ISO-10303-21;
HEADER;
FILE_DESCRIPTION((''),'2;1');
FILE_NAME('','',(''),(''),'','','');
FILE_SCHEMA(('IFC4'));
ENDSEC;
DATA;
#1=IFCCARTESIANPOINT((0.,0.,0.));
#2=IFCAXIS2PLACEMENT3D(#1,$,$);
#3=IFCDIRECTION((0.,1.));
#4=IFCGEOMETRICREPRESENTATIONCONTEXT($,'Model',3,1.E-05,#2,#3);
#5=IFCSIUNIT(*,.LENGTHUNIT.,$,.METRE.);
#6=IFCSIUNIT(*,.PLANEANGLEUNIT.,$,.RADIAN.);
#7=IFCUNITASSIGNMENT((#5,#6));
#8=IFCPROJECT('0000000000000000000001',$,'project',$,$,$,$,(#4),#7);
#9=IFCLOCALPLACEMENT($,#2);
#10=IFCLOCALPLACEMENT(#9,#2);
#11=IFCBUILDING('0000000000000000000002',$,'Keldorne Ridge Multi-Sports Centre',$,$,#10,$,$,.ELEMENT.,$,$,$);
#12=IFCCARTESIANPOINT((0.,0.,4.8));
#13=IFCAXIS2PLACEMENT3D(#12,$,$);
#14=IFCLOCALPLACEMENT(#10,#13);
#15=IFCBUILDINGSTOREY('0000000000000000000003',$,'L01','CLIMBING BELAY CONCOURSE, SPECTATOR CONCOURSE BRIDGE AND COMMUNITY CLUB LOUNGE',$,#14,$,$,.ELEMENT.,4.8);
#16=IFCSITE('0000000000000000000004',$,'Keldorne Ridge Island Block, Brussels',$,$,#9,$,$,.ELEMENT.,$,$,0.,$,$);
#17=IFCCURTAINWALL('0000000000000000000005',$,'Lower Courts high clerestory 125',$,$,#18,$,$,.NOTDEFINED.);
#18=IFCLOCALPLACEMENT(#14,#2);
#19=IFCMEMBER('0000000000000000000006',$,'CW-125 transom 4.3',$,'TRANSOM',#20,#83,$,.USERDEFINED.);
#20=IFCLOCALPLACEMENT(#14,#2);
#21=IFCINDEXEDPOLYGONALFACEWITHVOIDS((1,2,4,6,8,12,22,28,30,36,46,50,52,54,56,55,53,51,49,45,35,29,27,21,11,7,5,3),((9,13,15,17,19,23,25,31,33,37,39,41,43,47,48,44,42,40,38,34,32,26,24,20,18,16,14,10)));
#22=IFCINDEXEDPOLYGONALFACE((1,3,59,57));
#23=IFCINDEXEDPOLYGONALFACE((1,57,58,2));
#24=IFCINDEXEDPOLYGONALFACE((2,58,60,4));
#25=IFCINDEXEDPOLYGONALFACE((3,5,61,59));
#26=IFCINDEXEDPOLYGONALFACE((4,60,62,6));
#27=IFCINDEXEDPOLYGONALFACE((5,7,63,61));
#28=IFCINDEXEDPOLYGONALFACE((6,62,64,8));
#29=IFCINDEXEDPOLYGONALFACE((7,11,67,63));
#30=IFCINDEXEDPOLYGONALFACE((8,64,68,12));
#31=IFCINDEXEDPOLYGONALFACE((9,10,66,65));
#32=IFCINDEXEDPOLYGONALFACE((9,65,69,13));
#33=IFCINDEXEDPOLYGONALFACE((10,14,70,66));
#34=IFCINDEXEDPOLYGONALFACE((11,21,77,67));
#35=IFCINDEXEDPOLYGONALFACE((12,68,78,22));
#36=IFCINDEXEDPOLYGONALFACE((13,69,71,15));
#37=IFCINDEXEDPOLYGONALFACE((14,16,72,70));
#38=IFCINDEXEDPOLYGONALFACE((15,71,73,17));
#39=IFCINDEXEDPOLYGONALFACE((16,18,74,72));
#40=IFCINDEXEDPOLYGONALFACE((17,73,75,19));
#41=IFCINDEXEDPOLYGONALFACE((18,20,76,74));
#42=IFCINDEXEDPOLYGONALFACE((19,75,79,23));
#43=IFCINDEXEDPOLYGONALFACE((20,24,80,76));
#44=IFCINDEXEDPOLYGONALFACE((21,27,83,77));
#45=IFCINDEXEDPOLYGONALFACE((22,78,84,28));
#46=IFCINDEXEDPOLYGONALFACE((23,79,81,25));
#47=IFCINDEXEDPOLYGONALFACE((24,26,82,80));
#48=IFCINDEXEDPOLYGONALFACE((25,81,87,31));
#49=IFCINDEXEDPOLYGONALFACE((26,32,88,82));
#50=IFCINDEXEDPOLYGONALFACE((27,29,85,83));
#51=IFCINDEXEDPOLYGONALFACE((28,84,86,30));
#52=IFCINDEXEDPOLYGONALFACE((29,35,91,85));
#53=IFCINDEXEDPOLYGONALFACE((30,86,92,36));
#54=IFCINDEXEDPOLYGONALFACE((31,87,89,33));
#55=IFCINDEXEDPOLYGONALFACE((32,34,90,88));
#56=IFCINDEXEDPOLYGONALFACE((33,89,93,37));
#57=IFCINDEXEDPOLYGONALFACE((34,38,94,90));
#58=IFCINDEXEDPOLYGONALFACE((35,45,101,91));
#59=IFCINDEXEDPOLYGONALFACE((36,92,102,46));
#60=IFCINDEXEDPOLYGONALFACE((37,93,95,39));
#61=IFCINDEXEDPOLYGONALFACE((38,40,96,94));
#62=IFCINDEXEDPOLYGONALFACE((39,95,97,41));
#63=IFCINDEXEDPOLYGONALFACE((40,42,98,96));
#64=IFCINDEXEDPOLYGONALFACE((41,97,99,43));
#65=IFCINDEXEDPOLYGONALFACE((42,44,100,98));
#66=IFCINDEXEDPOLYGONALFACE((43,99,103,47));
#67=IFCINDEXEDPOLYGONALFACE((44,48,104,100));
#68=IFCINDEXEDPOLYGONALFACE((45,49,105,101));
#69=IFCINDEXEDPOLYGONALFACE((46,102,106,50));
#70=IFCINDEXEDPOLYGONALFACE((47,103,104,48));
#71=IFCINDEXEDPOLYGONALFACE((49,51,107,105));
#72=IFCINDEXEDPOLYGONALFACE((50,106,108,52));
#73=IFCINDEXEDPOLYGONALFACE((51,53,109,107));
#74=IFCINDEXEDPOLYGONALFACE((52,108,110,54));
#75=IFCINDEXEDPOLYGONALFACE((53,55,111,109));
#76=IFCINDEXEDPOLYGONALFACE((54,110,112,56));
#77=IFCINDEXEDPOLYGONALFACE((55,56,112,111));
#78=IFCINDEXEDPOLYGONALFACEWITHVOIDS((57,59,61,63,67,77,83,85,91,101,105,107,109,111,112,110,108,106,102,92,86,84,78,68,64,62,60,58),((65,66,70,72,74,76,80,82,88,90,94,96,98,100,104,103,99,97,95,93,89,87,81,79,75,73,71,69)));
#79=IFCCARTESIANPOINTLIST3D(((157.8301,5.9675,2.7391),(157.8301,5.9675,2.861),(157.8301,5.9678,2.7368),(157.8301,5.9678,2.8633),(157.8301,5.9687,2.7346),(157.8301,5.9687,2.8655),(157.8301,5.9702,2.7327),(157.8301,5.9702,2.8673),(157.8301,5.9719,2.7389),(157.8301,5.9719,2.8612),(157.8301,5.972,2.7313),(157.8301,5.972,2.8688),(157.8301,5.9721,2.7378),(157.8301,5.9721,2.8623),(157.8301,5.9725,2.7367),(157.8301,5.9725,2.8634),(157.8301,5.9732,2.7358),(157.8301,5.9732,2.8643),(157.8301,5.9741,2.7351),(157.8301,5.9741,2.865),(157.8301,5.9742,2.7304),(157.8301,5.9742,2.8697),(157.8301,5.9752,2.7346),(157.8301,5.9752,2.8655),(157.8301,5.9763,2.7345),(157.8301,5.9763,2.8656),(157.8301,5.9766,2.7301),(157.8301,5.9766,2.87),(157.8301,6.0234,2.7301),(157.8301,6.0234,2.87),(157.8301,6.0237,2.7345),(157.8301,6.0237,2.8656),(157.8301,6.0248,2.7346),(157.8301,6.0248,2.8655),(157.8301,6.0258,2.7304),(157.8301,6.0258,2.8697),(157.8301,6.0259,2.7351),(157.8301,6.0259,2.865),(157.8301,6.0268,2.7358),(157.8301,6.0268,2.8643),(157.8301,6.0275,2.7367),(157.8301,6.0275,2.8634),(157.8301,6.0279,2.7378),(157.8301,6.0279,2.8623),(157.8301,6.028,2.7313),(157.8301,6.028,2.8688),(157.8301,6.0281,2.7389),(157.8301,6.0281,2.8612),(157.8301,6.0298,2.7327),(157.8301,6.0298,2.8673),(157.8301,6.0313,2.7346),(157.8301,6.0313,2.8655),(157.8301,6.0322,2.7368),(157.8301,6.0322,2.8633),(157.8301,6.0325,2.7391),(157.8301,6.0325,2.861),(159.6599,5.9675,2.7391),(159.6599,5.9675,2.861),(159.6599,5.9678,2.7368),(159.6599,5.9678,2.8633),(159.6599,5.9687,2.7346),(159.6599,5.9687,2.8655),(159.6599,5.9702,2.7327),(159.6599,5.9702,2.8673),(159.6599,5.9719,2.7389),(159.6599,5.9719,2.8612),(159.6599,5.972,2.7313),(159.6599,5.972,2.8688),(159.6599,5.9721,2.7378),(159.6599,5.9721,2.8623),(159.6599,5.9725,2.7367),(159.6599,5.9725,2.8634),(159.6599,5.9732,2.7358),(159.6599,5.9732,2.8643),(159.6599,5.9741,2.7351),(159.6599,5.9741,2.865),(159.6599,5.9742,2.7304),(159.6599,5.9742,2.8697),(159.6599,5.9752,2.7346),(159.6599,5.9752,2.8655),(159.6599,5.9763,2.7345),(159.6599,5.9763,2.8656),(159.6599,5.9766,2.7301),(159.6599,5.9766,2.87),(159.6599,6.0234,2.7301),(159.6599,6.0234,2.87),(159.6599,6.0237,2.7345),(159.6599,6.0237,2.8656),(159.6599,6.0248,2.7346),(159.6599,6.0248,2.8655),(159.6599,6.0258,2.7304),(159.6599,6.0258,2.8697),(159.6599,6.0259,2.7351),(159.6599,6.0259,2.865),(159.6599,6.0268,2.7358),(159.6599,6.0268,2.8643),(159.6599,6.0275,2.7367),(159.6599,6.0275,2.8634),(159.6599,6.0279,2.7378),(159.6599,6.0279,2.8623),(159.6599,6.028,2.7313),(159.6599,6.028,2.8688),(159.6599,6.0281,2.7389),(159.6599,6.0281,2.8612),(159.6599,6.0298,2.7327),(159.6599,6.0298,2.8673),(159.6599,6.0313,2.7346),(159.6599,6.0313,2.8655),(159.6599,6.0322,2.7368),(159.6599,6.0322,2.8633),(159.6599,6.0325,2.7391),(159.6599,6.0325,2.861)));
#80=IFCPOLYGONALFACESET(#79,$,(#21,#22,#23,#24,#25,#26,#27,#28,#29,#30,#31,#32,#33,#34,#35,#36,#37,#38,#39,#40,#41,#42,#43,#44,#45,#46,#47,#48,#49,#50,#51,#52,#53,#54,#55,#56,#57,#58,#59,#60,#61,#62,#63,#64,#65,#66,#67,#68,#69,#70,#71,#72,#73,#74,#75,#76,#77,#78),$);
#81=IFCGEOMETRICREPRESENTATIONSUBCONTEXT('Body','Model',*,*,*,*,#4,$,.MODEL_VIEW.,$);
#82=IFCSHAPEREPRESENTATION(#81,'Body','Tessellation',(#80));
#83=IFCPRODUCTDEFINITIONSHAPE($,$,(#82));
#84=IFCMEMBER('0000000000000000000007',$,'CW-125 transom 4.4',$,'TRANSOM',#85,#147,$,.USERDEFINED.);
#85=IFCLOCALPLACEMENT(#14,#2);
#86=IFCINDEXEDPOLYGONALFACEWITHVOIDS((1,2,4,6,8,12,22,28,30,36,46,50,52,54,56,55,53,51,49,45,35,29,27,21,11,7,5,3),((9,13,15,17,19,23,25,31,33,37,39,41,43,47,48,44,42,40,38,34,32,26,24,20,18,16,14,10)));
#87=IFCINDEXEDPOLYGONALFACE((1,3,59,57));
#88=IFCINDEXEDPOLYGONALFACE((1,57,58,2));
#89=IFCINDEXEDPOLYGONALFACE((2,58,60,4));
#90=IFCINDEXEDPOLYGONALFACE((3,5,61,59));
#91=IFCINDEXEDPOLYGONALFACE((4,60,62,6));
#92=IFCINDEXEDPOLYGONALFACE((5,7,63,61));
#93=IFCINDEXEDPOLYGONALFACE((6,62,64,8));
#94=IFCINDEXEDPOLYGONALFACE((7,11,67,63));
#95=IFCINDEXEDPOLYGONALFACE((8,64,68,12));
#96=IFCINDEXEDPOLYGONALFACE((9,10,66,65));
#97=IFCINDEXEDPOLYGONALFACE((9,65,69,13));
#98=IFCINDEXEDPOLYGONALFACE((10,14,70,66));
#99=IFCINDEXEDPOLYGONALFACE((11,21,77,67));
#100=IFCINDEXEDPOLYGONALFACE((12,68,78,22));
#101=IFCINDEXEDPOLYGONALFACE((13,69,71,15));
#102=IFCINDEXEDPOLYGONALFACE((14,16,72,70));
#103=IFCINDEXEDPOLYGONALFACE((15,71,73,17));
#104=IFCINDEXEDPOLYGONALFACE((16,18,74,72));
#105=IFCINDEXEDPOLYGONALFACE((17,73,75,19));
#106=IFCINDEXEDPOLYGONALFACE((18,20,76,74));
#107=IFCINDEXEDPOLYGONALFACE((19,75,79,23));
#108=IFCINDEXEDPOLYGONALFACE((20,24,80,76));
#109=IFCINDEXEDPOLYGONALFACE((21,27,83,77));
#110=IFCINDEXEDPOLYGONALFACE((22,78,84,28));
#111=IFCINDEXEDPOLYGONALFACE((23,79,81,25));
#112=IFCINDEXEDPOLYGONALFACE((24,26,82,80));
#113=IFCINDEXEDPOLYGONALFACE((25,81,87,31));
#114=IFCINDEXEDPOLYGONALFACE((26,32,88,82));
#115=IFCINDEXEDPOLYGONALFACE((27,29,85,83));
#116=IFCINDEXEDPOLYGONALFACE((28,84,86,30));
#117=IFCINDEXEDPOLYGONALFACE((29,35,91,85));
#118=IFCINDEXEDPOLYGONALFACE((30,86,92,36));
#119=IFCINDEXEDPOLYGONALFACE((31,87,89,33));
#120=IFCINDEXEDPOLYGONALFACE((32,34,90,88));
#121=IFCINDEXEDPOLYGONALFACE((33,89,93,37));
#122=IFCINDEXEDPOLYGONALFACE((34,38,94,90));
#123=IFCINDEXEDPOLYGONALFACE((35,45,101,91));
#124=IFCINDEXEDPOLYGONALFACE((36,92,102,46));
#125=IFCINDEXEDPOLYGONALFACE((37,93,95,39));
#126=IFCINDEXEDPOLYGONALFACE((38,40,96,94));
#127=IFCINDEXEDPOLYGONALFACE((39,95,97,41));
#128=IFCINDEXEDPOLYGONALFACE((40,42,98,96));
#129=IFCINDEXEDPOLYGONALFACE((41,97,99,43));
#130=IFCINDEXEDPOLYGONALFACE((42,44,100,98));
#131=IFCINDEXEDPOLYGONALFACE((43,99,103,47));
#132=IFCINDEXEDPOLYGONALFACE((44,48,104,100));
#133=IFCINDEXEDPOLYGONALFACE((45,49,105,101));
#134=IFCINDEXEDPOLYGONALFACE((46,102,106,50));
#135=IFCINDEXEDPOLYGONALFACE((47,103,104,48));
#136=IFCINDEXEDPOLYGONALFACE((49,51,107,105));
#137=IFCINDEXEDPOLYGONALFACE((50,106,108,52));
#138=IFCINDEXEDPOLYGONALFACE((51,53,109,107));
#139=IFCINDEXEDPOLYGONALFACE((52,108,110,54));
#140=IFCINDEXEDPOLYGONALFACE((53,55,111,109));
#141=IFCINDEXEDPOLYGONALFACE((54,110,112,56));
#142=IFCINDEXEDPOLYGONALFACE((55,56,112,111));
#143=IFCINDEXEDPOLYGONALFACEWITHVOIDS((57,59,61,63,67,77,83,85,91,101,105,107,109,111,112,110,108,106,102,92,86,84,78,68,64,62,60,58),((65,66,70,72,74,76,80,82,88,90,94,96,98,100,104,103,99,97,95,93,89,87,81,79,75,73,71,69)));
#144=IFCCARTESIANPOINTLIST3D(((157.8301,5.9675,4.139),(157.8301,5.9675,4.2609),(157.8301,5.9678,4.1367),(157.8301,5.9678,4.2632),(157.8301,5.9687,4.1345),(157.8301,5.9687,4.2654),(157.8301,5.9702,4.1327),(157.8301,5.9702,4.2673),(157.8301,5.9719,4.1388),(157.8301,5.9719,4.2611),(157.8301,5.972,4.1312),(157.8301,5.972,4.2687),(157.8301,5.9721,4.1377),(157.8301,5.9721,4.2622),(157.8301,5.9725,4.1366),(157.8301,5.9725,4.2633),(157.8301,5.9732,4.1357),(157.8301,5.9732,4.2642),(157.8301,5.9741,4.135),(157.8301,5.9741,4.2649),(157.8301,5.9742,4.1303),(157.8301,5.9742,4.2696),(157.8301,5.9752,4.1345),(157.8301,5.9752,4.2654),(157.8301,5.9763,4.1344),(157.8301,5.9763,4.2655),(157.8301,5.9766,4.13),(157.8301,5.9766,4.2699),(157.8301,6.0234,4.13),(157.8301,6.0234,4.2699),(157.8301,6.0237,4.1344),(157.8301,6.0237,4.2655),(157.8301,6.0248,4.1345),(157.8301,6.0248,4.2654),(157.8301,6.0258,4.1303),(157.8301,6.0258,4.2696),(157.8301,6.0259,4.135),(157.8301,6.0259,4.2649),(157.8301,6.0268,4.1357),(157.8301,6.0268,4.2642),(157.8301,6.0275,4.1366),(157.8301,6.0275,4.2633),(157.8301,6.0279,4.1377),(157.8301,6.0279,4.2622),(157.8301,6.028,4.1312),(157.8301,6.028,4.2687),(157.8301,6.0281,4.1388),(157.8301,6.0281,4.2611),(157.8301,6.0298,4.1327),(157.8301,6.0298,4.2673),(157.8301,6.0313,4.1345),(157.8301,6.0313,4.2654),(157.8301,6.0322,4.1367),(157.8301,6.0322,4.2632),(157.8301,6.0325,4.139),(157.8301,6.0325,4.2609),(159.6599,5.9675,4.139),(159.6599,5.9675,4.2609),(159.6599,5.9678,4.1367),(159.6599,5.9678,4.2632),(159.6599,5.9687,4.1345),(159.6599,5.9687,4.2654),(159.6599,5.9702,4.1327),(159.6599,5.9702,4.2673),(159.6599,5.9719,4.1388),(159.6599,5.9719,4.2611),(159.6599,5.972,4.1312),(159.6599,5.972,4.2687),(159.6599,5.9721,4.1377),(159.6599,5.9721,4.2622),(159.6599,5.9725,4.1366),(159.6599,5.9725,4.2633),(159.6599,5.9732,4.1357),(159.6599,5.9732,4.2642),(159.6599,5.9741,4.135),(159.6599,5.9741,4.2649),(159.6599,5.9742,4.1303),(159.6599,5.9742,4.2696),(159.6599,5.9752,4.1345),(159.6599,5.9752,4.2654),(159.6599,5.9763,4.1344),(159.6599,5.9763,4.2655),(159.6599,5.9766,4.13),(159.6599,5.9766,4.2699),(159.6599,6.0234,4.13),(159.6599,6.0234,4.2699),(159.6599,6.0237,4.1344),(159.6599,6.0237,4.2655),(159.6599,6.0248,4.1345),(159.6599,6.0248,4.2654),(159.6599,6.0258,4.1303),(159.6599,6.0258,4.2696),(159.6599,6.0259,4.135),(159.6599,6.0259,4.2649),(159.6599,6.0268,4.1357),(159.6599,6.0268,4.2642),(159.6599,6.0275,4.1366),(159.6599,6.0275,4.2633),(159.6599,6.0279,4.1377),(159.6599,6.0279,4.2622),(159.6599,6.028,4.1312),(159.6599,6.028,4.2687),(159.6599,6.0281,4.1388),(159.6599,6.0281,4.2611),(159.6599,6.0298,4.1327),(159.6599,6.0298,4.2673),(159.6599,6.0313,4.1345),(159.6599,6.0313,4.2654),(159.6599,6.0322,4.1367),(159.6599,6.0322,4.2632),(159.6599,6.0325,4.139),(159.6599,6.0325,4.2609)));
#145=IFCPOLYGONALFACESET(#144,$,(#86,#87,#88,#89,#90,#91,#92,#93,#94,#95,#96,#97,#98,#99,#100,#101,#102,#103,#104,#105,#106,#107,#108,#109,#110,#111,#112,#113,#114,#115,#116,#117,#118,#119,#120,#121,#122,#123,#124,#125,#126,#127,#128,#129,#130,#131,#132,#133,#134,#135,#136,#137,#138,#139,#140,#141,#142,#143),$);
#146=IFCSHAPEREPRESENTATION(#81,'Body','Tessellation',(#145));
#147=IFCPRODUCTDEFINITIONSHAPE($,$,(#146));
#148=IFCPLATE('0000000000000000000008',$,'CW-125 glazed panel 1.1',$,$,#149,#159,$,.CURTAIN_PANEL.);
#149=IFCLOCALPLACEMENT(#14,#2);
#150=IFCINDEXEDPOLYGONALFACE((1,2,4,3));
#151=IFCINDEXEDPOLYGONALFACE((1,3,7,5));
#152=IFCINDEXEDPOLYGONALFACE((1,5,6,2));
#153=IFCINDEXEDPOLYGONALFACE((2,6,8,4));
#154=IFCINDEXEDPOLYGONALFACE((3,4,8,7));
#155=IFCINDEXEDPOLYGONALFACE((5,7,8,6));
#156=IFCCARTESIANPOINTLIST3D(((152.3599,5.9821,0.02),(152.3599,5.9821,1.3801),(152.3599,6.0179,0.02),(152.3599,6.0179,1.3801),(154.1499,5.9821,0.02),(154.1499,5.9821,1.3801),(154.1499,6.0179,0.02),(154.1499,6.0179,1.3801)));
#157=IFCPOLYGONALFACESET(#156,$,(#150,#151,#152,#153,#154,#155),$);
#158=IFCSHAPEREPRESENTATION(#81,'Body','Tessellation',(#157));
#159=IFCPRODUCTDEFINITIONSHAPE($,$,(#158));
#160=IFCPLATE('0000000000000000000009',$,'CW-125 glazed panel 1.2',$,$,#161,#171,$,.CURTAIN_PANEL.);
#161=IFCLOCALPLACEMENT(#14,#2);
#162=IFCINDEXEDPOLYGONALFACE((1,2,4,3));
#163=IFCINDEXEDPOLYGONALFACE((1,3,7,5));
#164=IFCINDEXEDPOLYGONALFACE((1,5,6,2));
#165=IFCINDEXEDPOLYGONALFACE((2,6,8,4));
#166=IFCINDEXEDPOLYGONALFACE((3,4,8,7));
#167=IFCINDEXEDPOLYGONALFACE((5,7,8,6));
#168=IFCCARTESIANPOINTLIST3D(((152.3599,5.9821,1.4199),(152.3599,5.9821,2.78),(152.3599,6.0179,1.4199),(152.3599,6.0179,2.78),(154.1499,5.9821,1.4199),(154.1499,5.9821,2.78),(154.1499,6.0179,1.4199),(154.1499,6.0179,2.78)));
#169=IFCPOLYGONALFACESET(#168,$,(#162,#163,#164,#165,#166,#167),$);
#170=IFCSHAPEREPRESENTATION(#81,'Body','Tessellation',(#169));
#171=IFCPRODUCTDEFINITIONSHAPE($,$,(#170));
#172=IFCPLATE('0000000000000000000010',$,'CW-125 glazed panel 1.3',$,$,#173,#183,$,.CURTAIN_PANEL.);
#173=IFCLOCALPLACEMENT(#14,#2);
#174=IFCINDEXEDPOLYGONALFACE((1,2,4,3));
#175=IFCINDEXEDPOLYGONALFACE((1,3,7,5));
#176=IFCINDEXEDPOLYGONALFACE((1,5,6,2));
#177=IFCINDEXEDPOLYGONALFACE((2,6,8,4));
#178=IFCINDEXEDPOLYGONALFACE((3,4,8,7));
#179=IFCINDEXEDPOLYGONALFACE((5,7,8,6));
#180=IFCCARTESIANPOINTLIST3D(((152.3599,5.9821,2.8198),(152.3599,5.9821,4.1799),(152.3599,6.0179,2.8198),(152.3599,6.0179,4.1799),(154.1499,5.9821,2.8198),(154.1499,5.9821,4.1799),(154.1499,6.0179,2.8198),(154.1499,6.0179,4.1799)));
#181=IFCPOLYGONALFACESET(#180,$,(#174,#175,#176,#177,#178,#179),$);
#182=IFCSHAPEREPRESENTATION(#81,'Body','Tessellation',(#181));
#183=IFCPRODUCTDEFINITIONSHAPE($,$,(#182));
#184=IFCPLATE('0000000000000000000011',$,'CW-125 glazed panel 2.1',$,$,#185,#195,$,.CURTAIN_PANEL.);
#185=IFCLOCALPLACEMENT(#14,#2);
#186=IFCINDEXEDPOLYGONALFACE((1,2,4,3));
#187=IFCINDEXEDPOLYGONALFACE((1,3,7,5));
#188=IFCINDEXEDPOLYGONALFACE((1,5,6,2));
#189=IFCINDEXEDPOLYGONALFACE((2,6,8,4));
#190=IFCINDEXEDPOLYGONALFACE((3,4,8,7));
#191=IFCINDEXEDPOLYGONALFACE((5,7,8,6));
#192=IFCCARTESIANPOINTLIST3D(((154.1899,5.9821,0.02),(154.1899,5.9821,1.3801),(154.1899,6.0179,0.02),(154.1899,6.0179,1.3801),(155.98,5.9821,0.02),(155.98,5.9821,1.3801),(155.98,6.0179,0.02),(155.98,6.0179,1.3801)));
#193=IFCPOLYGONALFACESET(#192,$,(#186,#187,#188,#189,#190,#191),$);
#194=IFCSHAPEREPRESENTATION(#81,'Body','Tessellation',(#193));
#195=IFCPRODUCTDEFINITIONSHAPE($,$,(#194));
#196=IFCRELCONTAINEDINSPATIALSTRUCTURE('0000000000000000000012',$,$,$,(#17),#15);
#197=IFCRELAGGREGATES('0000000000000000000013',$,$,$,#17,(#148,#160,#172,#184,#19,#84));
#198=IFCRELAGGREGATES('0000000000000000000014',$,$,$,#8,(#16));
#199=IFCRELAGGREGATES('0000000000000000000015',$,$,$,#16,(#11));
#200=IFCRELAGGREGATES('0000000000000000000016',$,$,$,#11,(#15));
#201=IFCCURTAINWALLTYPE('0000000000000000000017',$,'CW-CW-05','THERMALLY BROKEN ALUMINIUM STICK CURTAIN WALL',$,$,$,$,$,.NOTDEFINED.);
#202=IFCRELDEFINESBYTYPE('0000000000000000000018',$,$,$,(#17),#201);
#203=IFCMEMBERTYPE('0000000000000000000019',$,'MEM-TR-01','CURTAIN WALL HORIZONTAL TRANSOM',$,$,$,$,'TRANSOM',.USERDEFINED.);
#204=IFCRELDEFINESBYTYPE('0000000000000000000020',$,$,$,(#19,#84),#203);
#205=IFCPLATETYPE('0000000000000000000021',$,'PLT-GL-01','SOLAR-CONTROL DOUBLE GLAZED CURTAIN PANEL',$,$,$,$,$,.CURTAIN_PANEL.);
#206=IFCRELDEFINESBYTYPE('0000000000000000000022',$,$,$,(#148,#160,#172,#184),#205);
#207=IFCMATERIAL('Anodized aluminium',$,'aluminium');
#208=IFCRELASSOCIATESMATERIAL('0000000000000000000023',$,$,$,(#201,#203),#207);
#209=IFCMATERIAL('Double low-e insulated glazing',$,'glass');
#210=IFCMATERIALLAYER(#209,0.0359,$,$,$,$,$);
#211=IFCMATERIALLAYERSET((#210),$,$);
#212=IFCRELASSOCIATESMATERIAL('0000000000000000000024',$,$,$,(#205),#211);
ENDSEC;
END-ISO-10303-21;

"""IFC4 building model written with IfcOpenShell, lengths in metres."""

from ifc_helpers import new_model, si_unit, direction, frame, origin, origin_2d, place, context, subcontext, project, spatial, rectangle, hollow_rectangle, extrude, material, layer, layer_set, material_profile, profile_set, type_object, element, aggregate, save


model = new_model("IFC4")

# Units and contexts
model_context = context("Model", 3, precision=1e-05, world=origin(), true_north=direction((0.0, 1.0)))
body_context = subcontext(model_context, "Body", "Model", "MODEL_VIEW")
ifc_project = project(units=[si_unit("LENGTHUNIT", "METRE"), si_unit("PLANEANGLEUNIT", "RADIAN")], contexts=[model_context])

# Site, building, storey
site_placement = place(None, origin())
site = spatial("IfcSite", under=ifc_project, at=site_placement, Name="Keldorne Ridge Island Block, Brussels", CompositionType="ELEMENT", RefElevation=0.0)
building_placement = place(site_placement, origin())
building = spatial("IfcBuilding", under=site, at=building_placement, Name="Keldorne Ridge Multi-Sports Centre", CompositionType="ELEMENT")
storey_placement = place(building_placement, frame((0.0, 0.0, 4.8)))
storey = spatial("IfcBuildingStorey", under=building, at=storey_placement, Name="L01", Description="CLIMBING BELAY CONCOURSE, SPECTATOR CONCOURSE BRIDGE AND COMMUNITY CLUB LOUNGE", CompositionType="ELEMENT", Elevation=4.8)

# Curtain wall, members, plates
ifc_material_1 = material(Name="Anodized aluminium", Category="aluminium")
curtain_wall_type = type_object("IfcCurtainWallType", Name="CW-CW-05", Description="THERMALLY BROKEN ALUMINIUM STICK CURTAIN WALL", PredefinedType="NOTDEFINED", material=ifc_material_1)
curtain_wall_placement = place(storey_placement, origin())
curtain_wall = element("IfcCurtainWall", 1, at=curtain_wall_placement, inside=storey, type_object=curtain_wall_type, Name="Lower Courts high clerestory 125", PredefinedType="NOTDEFINED")
ifc_material_profile_1 = material_profile(ifc_material_1, hollow_rectangle(XDim=0.0649, YDim=0.1399, WallThickness=0.0044, InnerFilletRadius=0.0044, OuterFilletRadius=0.009, at=origin_2d()), Name="ALU TRANSOM 140x65x4.5")
ifc_profile_set_1 = profile_set([ifc_material_profile_1], Name="Anodized aluminium")
member_type_1 = type_object("IfcMemberType", Name="MEM-TR-01", Description="CURTAIN WALL HORIZONTAL TRANSOM", ElementType="TRANSOM", PredefinedType="USERDEFINED", material=ifc_profile_set_1)
member_1_placement = place(storey_placement, frame((157.8301, 6.0, 2.8), z_axis=(1.0, 0.0, 0.0), x_axis=(0.0, 1.0, 0.0)))
member_1 = element("IfcMember", 2, at=member_1_placement, type_object=member_type_1, Name="CW-125 transom 4.3", ObjectType="TRANSOM", PredefinedType="USERDEFINED", context=body_context, shape_type="SweptSolid", body=[
    extrude(hollow_rectangle(XDim=0.0649, YDim=0.1399, WallThickness=0.0044, InnerFilletRadius=0.0044, OuterFilletRadius=0.009, at=origin_2d()), origin(), (0.0, 0.0, 1.0), 1.8298),
])
member_2_placement = place(storey_placement, frame((157.8301, 6.0, 4.2), z_axis=(1.0, 0.0, 0.0), x_axis=(0.0, 1.0, 0.0)))
member_2 = element("IfcMember", 3, at=member_2_placement, type_object=member_type_1, Name="CW-125 transom 4.4", ObjectType="TRANSOM", PredefinedType="USERDEFINED", context=body_context, shape_type="SweptSolid", body=[
    extrude(hollow_rectangle(XDim=0.0649, YDim=0.1399, WallThickness=0.0044, InnerFilletRadius=0.0044, OuterFilletRadius=0.009, at=origin_2d()), origin(), (0.0, 0.0, 1.0), 1.8298),
])
ifc_material_2 = material(Name="Double low-e insulated glazing", Category="glass")
ifc_layer = layer(ifc_material_2, 0.0359)
ifc_layer_set = layer_set([ifc_layer])
plate_type = type_object("IfcPlateType", Name="PLT-GL-01", Description="SOLAR-CONTROL DOUBLE GLAZED CURTAIN PANEL", PredefinedType="CURTAIN_PANEL", material=ifc_layer_set)
plate_1_placement = place(storey_placement, frame((153.2549, 6.0, 0.02), z_axis=(0.0, 0.0, 1.0), x_axis=(1.0, 0.0, 0.0)))
plate_1 = element("IfcPlate", 4, at=plate_1_placement, type_object=plate_type, Name="CW-125 glazed panel 1.1", PredefinedType="CURTAIN_PANEL", context=body_context, shape_type="SweptSolid", body=[
    extrude(rectangle(XDim=1.79, YDim=0.0359, at=origin_2d()), origin(), (0.0, 0.0, 1.0), 1.3601),
])
plate_2_placement = place(storey_placement, frame((153.2549, 6.0, 1.4199), z_axis=(0.0, 0.0, 1.0), x_axis=(1.0, 0.0, 0.0)))
plate_2 = element("IfcPlate", 5, at=plate_2_placement, type_object=plate_type, Name="CW-125 glazed panel 1.2", PredefinedType="CURTAIN_PANEL", context=body_context, shape_type="SweptSolid", body=[
    extrude(rectangle(XDim=1.79, YDim=0.0359, at=origin_2d()), origin(), (0.0, 0.0, 1.0), 1.3601),
])
plate_3_placement = place(storey_placement, frame((153.2549, 6.0, 2.8198), z_axis=(0.0, 0.0, 1.0), x_axis=(1.0, 0.0, 0.0)))
plate_3 = element("IfcPlate", 6, at=plate_3_placement, type_object=plate_type, Name="CW-125 glazed panel 1.3", PredefinedType="CURTAIN_PANEL", context=body_context, shape_type="SweptSolid", body=[
    extrude(rectangle(XDim=1.79, YDim=0.0359, at=origin_2d()), origin(), (0.0, 0.0, 1.0), 1.3601),
])
plate_4_placement = place(storey_placement, frame((155.085, 6.0, 0.02), z_axis=(0.0, 0.0, 1.0), x_axis=(1.0, 0.0, 0.0)))
plate_4 = element("IfcPlate", 7, at=plate_4_placement, type_object=plate_type, Name="CW-125 glazed panel 2.1", PredefinedType="CURTAIN_PANEL", context=body_context, shape_type="SweptSolid", body=[
    extrude(rectangle(XDim=1.79, YDim=0.0359, at=origin_2d()), origin(), (0.0, 0.0, 1.0), 1.3601),
])
aggregate(curtain_wall, [plate_1, plate_2, plate_3, plate_4, member_1, member_2])

save(model, "model.ifc")
